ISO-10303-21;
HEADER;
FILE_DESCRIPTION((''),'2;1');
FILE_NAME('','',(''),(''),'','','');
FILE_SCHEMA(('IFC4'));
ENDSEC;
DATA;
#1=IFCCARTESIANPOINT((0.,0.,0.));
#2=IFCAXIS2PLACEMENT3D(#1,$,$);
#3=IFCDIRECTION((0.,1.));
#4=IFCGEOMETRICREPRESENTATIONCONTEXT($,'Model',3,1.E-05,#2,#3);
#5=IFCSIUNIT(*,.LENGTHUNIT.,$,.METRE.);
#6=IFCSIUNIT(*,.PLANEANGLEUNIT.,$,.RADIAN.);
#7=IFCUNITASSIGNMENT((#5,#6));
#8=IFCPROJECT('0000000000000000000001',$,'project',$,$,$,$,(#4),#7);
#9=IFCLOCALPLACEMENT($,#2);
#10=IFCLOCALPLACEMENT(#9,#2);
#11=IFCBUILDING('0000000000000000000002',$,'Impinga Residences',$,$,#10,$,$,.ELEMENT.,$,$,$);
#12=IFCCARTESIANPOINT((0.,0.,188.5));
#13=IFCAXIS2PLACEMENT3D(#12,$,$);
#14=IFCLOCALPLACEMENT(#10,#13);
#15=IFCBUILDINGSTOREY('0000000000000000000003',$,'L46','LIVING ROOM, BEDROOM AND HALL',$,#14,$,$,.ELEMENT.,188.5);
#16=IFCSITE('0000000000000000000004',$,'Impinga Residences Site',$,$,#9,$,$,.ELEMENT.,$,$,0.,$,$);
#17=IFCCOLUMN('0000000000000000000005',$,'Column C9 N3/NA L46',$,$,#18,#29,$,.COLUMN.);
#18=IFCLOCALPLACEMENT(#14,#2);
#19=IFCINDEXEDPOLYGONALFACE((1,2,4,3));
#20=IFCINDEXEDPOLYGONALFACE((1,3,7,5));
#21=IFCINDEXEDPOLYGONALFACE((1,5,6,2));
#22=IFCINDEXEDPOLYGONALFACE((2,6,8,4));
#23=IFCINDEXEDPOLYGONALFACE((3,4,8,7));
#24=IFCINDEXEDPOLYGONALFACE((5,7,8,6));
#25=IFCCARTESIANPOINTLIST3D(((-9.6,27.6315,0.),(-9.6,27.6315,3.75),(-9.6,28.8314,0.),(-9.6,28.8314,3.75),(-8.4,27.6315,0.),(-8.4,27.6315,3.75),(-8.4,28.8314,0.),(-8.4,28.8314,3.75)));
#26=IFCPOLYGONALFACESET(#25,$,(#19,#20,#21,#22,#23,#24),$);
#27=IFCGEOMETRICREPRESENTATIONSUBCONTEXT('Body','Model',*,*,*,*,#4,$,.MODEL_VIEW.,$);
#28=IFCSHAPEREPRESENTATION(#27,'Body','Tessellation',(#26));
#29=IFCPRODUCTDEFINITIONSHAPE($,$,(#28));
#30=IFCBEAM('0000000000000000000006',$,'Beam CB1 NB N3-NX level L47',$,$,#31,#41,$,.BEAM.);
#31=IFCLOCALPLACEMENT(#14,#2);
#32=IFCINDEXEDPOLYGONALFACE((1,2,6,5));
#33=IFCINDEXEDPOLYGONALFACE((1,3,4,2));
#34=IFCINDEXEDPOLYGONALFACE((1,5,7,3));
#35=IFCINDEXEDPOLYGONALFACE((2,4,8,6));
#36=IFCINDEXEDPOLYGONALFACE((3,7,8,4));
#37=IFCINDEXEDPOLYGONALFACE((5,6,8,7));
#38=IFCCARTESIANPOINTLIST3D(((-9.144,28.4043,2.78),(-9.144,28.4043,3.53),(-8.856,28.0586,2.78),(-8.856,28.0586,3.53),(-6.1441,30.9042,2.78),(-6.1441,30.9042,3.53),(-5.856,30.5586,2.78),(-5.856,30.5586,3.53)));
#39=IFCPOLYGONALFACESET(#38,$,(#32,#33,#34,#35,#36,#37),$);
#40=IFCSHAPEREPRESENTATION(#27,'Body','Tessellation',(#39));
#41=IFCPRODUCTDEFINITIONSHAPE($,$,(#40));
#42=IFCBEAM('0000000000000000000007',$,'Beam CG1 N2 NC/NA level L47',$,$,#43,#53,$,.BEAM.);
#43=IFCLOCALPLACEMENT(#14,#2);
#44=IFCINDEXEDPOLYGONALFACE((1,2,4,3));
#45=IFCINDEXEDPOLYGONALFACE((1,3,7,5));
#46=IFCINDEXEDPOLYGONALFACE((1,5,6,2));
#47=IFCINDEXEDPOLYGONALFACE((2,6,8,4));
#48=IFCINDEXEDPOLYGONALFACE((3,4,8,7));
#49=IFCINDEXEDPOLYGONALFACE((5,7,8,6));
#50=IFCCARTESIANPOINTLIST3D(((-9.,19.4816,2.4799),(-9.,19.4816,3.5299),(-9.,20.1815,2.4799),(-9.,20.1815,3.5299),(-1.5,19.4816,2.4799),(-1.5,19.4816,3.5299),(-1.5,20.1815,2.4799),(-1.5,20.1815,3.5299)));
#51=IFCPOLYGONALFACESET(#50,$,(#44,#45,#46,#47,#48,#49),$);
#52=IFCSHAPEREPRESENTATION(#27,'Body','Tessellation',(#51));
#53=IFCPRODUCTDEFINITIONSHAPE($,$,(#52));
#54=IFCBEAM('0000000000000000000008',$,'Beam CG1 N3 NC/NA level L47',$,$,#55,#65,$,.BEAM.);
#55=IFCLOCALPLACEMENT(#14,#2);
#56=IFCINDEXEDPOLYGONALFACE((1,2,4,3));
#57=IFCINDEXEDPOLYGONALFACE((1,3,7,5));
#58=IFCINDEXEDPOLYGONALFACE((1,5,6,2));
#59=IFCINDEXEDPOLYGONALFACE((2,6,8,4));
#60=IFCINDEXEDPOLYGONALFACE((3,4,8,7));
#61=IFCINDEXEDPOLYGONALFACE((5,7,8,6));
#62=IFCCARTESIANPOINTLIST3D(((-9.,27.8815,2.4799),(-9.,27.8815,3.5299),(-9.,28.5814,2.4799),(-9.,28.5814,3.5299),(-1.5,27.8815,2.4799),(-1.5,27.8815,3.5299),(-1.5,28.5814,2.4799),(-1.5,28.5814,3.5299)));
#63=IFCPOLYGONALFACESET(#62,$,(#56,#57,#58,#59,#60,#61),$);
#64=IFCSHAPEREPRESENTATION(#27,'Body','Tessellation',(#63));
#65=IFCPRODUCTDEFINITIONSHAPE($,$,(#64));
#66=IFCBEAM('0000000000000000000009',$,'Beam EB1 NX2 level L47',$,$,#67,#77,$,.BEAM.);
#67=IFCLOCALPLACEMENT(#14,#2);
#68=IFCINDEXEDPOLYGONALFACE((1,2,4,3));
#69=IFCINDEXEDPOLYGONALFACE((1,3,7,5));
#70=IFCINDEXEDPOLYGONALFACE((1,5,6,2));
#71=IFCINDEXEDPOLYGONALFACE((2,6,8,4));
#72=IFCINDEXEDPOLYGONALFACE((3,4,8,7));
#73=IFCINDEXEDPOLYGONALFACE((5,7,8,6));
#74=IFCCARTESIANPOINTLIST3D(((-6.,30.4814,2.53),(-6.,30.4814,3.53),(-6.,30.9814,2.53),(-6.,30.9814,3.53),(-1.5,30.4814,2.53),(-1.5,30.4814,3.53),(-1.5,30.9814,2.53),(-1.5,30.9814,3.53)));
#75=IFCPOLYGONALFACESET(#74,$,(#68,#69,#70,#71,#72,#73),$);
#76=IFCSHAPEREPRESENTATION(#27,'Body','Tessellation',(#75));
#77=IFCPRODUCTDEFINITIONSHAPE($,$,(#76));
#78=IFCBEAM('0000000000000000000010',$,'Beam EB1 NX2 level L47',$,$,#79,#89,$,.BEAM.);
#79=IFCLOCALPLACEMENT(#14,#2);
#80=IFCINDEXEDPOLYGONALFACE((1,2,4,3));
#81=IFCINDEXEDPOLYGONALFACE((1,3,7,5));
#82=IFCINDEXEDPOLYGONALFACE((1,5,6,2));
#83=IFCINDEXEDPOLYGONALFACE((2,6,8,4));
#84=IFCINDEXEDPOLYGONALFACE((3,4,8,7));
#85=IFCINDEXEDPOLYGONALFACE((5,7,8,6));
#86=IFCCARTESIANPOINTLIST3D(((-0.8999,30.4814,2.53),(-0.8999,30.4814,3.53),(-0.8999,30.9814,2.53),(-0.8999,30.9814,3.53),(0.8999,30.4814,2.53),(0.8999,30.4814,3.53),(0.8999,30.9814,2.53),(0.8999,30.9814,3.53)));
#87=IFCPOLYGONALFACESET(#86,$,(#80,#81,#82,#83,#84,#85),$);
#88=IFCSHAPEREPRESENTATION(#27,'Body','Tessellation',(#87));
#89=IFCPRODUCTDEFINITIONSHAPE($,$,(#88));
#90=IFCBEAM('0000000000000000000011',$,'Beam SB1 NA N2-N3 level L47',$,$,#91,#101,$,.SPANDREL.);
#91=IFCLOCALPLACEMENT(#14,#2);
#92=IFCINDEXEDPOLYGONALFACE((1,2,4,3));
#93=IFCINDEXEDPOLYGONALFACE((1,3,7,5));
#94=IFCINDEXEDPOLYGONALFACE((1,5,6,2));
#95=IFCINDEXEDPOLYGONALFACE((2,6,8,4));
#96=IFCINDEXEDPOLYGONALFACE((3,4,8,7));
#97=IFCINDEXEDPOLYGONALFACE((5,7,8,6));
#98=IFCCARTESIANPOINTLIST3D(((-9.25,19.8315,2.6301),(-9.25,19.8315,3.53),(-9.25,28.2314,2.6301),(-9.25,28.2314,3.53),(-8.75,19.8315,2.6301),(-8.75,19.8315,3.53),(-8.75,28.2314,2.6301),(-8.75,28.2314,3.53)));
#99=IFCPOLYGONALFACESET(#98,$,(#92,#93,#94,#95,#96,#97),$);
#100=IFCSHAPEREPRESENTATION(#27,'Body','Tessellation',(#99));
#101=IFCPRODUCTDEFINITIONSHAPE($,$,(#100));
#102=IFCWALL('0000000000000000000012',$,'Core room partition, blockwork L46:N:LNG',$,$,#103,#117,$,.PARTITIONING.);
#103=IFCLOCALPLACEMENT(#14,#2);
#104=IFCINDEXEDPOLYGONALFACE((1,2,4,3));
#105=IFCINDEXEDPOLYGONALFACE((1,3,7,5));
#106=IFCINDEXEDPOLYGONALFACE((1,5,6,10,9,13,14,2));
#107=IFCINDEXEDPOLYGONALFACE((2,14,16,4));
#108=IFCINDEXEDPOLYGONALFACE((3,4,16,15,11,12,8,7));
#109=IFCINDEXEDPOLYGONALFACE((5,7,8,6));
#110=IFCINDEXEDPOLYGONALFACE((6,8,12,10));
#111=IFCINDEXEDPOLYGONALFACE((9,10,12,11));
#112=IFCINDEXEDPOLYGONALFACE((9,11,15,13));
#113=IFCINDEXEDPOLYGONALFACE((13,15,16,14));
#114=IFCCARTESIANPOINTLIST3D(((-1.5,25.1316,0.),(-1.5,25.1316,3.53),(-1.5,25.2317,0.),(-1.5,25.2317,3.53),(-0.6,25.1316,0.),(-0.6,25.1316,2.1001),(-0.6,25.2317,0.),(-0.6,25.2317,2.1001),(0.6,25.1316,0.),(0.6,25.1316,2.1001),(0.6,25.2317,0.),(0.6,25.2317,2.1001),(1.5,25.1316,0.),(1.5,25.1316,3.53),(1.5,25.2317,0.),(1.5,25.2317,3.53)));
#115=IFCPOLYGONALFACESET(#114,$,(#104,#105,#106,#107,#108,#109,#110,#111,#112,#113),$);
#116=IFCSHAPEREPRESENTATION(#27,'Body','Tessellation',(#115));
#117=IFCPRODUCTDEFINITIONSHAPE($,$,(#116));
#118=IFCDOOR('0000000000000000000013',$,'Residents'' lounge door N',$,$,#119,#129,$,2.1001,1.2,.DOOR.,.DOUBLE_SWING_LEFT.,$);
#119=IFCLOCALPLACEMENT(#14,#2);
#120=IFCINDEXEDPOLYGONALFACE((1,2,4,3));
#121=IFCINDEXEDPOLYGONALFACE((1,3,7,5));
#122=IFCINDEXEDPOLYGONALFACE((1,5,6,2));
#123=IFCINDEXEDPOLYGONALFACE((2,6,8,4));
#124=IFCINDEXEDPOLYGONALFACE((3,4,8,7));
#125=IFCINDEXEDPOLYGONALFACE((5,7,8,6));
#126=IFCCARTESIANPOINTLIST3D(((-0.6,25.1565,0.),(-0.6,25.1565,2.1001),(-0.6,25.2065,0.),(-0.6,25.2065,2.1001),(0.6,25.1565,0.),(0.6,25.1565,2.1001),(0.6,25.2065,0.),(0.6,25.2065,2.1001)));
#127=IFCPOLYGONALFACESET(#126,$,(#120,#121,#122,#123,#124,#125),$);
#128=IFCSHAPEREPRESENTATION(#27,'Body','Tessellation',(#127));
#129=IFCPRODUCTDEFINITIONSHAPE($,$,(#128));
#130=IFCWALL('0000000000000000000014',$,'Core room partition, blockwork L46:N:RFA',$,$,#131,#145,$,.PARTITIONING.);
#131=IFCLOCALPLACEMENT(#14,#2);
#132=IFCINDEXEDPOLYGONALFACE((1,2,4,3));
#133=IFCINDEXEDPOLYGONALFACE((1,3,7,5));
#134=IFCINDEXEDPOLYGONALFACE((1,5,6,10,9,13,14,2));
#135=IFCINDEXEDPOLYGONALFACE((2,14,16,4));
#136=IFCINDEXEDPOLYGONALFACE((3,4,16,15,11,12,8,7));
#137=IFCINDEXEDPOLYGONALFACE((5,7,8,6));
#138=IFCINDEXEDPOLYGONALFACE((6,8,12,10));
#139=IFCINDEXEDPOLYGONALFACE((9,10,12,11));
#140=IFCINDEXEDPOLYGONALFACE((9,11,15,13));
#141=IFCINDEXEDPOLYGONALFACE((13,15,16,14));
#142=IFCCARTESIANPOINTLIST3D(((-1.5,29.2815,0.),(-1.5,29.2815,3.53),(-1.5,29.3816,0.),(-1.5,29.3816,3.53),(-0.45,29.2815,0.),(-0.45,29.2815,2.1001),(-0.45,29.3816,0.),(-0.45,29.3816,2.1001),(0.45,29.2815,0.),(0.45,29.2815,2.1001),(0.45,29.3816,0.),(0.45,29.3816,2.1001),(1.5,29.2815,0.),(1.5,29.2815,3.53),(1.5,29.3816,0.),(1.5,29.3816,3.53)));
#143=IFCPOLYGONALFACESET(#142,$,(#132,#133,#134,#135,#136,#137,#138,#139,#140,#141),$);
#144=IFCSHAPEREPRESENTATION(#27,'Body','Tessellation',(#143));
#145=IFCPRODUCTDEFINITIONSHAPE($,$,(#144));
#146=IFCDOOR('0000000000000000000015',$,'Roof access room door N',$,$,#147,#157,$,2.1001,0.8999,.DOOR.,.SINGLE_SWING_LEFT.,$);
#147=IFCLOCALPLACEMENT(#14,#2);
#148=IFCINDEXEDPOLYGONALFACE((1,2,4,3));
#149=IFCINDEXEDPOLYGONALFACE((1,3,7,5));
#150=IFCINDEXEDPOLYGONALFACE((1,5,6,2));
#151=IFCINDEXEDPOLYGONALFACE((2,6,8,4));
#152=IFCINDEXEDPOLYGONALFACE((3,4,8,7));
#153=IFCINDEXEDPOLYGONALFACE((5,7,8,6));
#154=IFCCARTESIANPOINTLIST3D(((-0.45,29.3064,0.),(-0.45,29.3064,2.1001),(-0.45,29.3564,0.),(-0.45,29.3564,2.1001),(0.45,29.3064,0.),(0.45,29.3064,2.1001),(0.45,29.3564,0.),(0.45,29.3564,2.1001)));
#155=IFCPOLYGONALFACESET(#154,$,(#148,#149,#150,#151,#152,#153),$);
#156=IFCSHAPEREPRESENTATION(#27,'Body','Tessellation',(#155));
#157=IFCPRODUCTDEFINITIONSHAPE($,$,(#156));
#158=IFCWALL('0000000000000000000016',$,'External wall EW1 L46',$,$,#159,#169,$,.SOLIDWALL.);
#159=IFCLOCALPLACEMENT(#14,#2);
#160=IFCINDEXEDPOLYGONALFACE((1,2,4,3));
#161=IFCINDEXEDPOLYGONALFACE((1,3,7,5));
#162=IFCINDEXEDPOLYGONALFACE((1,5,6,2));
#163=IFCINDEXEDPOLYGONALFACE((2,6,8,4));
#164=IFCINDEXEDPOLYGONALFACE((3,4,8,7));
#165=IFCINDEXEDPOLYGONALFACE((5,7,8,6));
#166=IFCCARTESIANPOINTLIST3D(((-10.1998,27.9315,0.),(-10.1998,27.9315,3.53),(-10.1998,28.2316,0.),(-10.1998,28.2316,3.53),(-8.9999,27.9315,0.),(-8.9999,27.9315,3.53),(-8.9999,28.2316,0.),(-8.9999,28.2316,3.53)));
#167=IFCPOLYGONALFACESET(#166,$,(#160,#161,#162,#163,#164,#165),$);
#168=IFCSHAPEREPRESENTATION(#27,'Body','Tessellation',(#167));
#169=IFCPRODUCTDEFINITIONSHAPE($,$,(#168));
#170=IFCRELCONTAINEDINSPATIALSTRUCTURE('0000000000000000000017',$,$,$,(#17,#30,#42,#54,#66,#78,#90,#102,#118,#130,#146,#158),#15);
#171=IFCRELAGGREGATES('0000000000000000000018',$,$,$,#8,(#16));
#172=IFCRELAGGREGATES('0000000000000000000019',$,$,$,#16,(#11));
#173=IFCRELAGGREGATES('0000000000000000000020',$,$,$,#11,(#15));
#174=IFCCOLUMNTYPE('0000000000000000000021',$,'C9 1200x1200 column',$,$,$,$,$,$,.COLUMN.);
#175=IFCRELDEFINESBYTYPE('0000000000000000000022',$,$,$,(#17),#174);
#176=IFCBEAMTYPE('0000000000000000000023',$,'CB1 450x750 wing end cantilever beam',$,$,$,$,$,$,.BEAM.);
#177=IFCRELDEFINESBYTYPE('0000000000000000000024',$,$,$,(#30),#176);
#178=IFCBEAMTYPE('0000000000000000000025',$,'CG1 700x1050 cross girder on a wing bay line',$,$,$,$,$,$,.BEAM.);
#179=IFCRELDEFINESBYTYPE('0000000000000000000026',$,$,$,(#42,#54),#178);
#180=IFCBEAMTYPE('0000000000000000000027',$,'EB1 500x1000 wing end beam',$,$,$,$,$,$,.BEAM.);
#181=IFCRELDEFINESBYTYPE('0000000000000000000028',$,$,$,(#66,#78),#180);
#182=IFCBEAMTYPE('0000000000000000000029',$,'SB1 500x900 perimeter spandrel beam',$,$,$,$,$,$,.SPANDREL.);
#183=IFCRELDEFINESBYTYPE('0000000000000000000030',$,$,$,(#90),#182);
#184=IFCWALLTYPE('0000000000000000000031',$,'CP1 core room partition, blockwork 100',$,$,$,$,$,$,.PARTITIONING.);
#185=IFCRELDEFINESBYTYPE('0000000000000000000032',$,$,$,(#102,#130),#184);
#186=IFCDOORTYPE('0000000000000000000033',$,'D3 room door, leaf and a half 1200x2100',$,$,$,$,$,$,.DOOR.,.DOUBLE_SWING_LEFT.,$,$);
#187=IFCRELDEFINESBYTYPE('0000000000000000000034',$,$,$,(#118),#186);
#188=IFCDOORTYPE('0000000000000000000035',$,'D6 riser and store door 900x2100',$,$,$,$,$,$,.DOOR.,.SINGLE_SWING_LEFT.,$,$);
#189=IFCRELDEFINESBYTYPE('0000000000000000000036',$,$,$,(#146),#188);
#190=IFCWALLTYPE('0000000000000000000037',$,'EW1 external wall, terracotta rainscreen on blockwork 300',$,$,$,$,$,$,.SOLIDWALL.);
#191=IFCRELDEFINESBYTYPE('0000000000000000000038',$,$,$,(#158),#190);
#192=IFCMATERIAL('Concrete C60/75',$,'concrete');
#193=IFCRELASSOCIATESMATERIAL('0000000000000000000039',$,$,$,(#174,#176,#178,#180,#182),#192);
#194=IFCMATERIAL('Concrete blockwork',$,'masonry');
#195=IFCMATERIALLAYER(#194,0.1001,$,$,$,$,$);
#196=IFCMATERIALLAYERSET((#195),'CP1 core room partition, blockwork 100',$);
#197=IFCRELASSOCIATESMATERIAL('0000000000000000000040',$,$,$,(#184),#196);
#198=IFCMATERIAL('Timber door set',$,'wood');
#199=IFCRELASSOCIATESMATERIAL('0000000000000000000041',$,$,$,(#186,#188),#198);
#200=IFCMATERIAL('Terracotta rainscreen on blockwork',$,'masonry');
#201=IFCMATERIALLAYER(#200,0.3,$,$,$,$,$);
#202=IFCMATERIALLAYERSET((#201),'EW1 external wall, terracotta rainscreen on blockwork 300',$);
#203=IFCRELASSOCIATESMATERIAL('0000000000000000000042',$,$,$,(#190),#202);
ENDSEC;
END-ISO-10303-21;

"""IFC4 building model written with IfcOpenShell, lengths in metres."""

from ifc_helpers import new_model, si_unit, direction, frame, frame_2d, origin, origin_2d, place, context, subcontext, project, spatial, rectangle, extrude, material, layer, layer_set, material_profile, profile_set, type_object, element, fill, save


model = new_model("IFC4")

# Units and contexts
model_context = context("Model", 3, precision=1e-05, world=origin(), true_north=direction((0.0, 1.0)))
body_context = subcontext(model_context, "Body", "Model", "MODEL_VIEW")
ifc_project = project(units=[si_unit("LENGTHUNIT", "METRE"), si_unit("PLANEANGLEUNIT", "RADIAN")], contexts=[model_context])

# Site, building, storey
site_placement = place(None, origin())
site = spatial("IfcSite", under=ifc_project, at=site_placement, Name="Impinga Residences Site", CompositionType="ELEMENT", RefElevation=0.0)
building_placement = place(site_placement, origin())
building = spatial("IfcBuilding", under=site, at=building_placement, Name="Impinga Residences", CompositionType="ELEMENT")
storey_placement = place(building_placement, frame((0.0, 0.0, 188.5)))
storey = spatial("IfcBuildingStorey", under=building, at=storey_placement, Name="L46", Description="LIVING ROOM, BEDROOM AND HALL", CompositionType="ELEMENT", Elevation=188.5)

# Column
ifc_material_1 = material(Name="Concrete C60/75", Category="concrete")
ifc_material_profile_1 = material_profile(ifc_material_1, rectangle(XDim=1.2, YDim=1.2, at=origin_2d()), Name="RC 1200x1200")
ifc_profile_set_1 = profile_set([ifc_material_profile_1], Name="Concrete C60/75")
column_type = type_object("IfcColumnType", Name="C9 1200x1200 column", PredefinedType="COLUMN", material=ifc_profile_set_1)
column_placement = place(storey_placement, frame((-9.0, 28.2314, 0.0), z_axis=(0.0, 0.0, 1.0), x_axis=(1.0, 0.0, 0.0)))
element("IfcColumn", 1, at=column_placement, inside=storey, type_object=column_type, Name="Column C9 N3/NA L46", PredefinedType="COLUMN", context=body_context, shape_type="SweptSolid", body=[
    extrude(rectangle(XDim=1.2, YDim=1.2, at=origin_2d()), origin(), (0.0, 0.0, 1.0), 3.75),
])

# Beams
ifc_material_profile_2 = material_profile(ifc_material_1, rectangle(XDim=0.45, YDim=0.75, at=origin_2d()), Name="RC 450x750")
ifc_profile_set_2 = profile_set([ifc_material_profile_2], Name="Concrete C60/75")
beam_type_1 = type_object("IfcBeamType", Name="CB1 450x750 wing end cantilever beam", PredefinedType="BEAM", material=ifc_profile_set_2)
beam_1_placement = place(storey_placement, frame((-9.0, 28.2314, 3.155), z_axis=(0.768221, 0.640184, 0.0), x_axis=(-0.640184, 0.768221, 0.0)))
element("IfcBeam", 2, at=beam_1_placement, inside=storey, type_object=beam_type_1, Name="Beam CB1 NB N3-NX level L47", PredefinedType="BEAM", context=body_context, shape_type="SweptSolid", body=[
    extrude(rectangle(XDim=0.45, YDim=0.75, at=origin_2d()), origin(), (0.0, 0.0, 1.0), 3.905),
])
ifc_material_profile_3 = material_profile(ifc_material_1, rectangle(XDim=0.7, YDim=1.05, at=origin_2d()), Name="RC 700x1050")
ifc_profile_set_3 = profile_set([ifc_material_profile_3], Name="Concrete C60/75")
beam_type_2 = type_object("IfcBeamType", Name="CG1 700x1050 cross girder on a wing bay line", PredefinedType="BEAM", material=ifc_profile_set_3)
for number, where, z_axis, x_axis, name in (
    (3, (-1.5, 19.8315, 3.0049), (-1.0, 0.0, 0.0), (0.0, -1.0, 0.0), "Beam CG1 N2 NC/NA level L47"),
    (4, (-1.5, 28.2314, 3.0049), (-1.0, 0.0, 0.0), (0.0, -1.0, 0.0), "Beam CG1 N3 NC/NA level L47"),
):
    element("IfcBeam", number, at=place(storey_placement, frame(where, z_axis=z_axis, x_axis=x_axis)), inside=storey, type_object=beam_type_2, Name=name, PredefinedType="BEAM", context=body_context, shape_type="SweptSolid", body=[
        extrude(rectangle(XDim=0.7, YDim=1.05, at=origin_2d()), origin(), (0.0, 0.0, 1.0), 7.5),
    ])
ifc_material_profile_4 = material_profile(ifc_material_1, rectangle(XDim=0.5, YDim=1.0, at=origin_2d()), Name="RC 500x1000")
ifc_profile_set_4 = profile_set([ifc_material_profile_4], Name="Concrete C60/75")
beam_type_3 = type_object("IfcBeamType", Name="EB1 500x1000 wing end beam", PredefinedType="BEAM", material=ifc_profile_set_4)
beam_2_placement = place(storey_placement, frame((-6.0, 30.7314, 3.03), z_axis=(1.0, 0.0, 0.0), x_axis=(0.0, 1.0, 0.0)))
element("IfcBeam", 5, at=beam_2_placement, inside=storey, type_object=beam_type_3, Name="Beam EB1 NX2 level L47", PredefinedType="BEAM", context=body_context, shape_type="SweptSolid", body=[
    extrude(rectangle(XDim=0.5, YDim=1.0, at=origin_2d()), origin(), (0.0, 0.0, 1.0), 4.5),
])
beam_3_placement = place(storey_placement, frame((-0.8999, 30.7314, 3.03), z_axis=(1.0, 0.0, 0.0), x_axis=(0.0, 1.0, 0.0)))
element("IfcBeam", 6, at=beam_3_placement, inside=storey, type_object=beam_type_3, Name="Beam EB1 NX2 level L47", PredefinedType="BEAM", context=body_context, shape_type="SweptSolid", body=[
    extrude(rectangle(XDim=0.5, YDim=1.0, at=origin_2d()), origin(), (0.0, 0.0, 1.0), 1.7998),
])
ifc_material_profile_5 = material_profile(ifc_material_1, rectangle(XDim=0.5, YDim=0.8999, at=origin_2d()), Name="RC 500x900")
ifc_profile_set_5 = profile_set([ifc_material_profile_5], Name="Concrete C60/75")
beam_type_4 = type_object("IfcBeamType", Name="SB1 500x900 perimeter spandrel beam", PredefinedType="SPANDREL", material=ifc_profile_set_5)
beam_4_placement = place(storey_placement, frame((-9.0, 19.8315, 3.0801), z_axis=(0.0, 1.0, 0.0), x_axis=(-1.0, 0.0, 0.0)))
element("IfcBeam", 7, at=beam_4_placement, inside=storey, type_object=beam_type_4, Name="Beam SB1 NA N2-N3 level L47", PredefinedType="SPANDREL", context=body_context, shape_type="SweptSolid", body=[
    extrude(rectangle(XDim=0.5, YDim=0.8999, at=origin_2d()), origin(), (0.0, 0.0, 1.0), 8.3999),
])

# Walls, openings, doors
ifc_material_2 = material(Name="Concrete blockwork", Category="masonry")
ifc_layer_1 = layer(ifc_material_2, 0.1001)
ifc_layer_set_1 = layer_set([ifc_layer_1], Name="CP1 core room partition, blockwork 100")
wall_type_1 = type_object("IfcWallType", Name="CP1 core room partition, blockwork 100", PredefinedType="PARTITIONING", material=ifc_layer_set_1)
wall_1_placement = place(storey_placement, frame((-1.5, 25.1816, 0.0), z_axis=(0.0, 0.0, 1.0), x_axis=(1.0, 0.0, 0.0)))
wall_1 = element("IfcWall", 8, at=wall_1_placement, inside=storey, type_object=wall_type_1, Name="Core room partition, blockwork L46:N:LNG", PredefinedType="PARTITIONING", context=body_context, shape_type="SweptSolid", body=[
    extrude(rectangle(XDim=3.0, YDim=0.1001, at=frame_2d((1.5, 0.0))), origin(), (0.0, 0.0, 1.0), 3.53),
])
opening_1_placement = place(wall_1_placement, frame((0.8999, 0.0, 0.0)))
opening_1 = element("IfcOpeningElement", 9, at=opening_1_placement, cuts=wall_1, PredefinedType="OPENING", context=body_context, shape_type="SweptSolid", body=[
    extrude(rectangle(XDim=1.2, YDim=2.1001, at=frame_2d((0.6001, 1.05))), frame((0.0, 0.0601, 0.0), z_axis=(0.0, -1.0, 0.0), x_axis=(1.0, 0.0, 0.0)), (0.0, 0.0, 1.0), 0.1201),
])
ifc_material_3 = material(Name="Timber door set", Category="wood")
door_type_1 = type_object("IfcDoorType", Name="D3 room door, leaf and a half 1200x2100", OperationType="DOUBLE_SWING_LEFT", PredefinedType="DOOR", material=ifc_material_3)
door_1_placement = place(opening_1_placement, origin())
door_1 = element("IfcDoor", 10, at=door_1_placement, inside=storey, type_object=door_type_1, Name="Residents' lounge door N", OperationType="DOUBLE_SWING_LEFT", OverallHeight=2.1001, OverallWidth=1.2, PredefinedType="DOOR", context=body_context, shape_type="SweptSolid", body=[
    extrude(rectangle(XDim=1.2, YDim=2.1001, at=frame_2d((0.6001, 1.05))), frame((0.0, 0.0249, 0.0), z_axis=(0.0, -1.0, 0.0), x_axis=(1.0, 0.0, 0.0)), (0.0, 0.0, 1.0), 0.05),
])
fill(opening_1, door_1)
wall_2_placement = place(storey_placement, frame((-1.5, 29.3315, 0.0), z_axis=(0.0, 0.0, 1.0), x_axis=(1.0, 0.0, 0.0)))
wall_2 = element("IfcWall", 11, at=wall_2_placement, inside=storey, type_object=wall_type_1, Name="Core room partition, blockwork L46:N:RFA", PredefinedType="PARTITIONING", context=body_context, shape_type="SweptSolid", body=[
    extrude(rectangle(XDim=3.0, YDim=0.1001, at=frame_2d((1.5, 0.0))), origin(), (0.0, 0.0, 1.0), 3.53),
])
opening_2_placement = place(wall_2_placement, frame((1.05, 0.0, 0.0)))
opening_2 = element("IfcOpeningElement", 12, at=opening_2_placement, cuts=wall_2, PredefinedType="OPENING", context=body_context, shape_type="SweptSolid", body=[
    extrude(rectangle(XDim=0.8999, YDim=2.1001, at=frame_2d((0.45, 1.05))), frame((0.0, 0.0601, 0.0), z_axis=(0.0, -1.0, 0.0), x_axis=(1.0, 0.0, 0.0)), (0.0, 0.0, 1.0), 0.1201),
])
door_type_2 = type_object("IfcDoorType", Name="D6 riser and store door 900x2100", OperationType="SINGLE_SWING_LEFT", PredefinedType="DOOR", material=ifc_material_3)
door_2_placement = place(opening_2_placement, origin())
door_2 = element("IfcDoor", 13, at=door_2_placement, inside=storey, type_object=door_type_2, Name="Roof access room door N", OperationType="SINGLE_SWING_LEFT", OverallHeight=2.1001, OverallWidth=0.8999, PredefinedType="DOOR", context=body_context, shape_type="SweptSolid", body=[
    extrude(rectangle(XDim=0.8999, YDim=2.1001, at=frame_2d((0.45, 1.05))), frame((0.0, 0.0249, 0.0), z_axis=(0.0, -1.0, 0.0), x_axis=(1.0, 0.0, 0.0)), (0.0, 0.0, 1.0), 0.05),
])
fill(opening_2, door_2)

# Wall
ifc_material_4 = material(Name="Terracotta rainscreen on blockwork", Category="masonry")
ifc_layer_2 = layer(ifc_material_4, 0.3)
ifc_layer_set_2 = layer_set([ifc_layer_2], Name="EW1 external wall, terracotta rainscreen on blockwork 300")
wall_type_2 = type_object("IfcWallType", Name="EW1 external wall, terracotta rainscreen on blockwork 300", PredefinedType="SOLIDWALL", material=ifc_layer_set_2)
wall_3_placement = place(storey_placement, frame((-10.2, 28.0815, 0.0), z_axis=(0.0, 0.0, 1.0), x_axis=(1.0, 0.0, 0.0)))
element("IfcWall", 14, at=wall_3_placement, inside=storey, type_object=wall_type_2, Name="External wall EW1 L46", PredefinedType="SOLIDWALL", context=body_context, shape_type="SweptSolid", body=[
    extrude(rectangle(XDim=1.2, YDim=0.3, at=frame_2d((0.6001, 0.0))), origin(), (0.0, 0.0, 1.0), 3.53),
])

save(model, "model.ifc")
